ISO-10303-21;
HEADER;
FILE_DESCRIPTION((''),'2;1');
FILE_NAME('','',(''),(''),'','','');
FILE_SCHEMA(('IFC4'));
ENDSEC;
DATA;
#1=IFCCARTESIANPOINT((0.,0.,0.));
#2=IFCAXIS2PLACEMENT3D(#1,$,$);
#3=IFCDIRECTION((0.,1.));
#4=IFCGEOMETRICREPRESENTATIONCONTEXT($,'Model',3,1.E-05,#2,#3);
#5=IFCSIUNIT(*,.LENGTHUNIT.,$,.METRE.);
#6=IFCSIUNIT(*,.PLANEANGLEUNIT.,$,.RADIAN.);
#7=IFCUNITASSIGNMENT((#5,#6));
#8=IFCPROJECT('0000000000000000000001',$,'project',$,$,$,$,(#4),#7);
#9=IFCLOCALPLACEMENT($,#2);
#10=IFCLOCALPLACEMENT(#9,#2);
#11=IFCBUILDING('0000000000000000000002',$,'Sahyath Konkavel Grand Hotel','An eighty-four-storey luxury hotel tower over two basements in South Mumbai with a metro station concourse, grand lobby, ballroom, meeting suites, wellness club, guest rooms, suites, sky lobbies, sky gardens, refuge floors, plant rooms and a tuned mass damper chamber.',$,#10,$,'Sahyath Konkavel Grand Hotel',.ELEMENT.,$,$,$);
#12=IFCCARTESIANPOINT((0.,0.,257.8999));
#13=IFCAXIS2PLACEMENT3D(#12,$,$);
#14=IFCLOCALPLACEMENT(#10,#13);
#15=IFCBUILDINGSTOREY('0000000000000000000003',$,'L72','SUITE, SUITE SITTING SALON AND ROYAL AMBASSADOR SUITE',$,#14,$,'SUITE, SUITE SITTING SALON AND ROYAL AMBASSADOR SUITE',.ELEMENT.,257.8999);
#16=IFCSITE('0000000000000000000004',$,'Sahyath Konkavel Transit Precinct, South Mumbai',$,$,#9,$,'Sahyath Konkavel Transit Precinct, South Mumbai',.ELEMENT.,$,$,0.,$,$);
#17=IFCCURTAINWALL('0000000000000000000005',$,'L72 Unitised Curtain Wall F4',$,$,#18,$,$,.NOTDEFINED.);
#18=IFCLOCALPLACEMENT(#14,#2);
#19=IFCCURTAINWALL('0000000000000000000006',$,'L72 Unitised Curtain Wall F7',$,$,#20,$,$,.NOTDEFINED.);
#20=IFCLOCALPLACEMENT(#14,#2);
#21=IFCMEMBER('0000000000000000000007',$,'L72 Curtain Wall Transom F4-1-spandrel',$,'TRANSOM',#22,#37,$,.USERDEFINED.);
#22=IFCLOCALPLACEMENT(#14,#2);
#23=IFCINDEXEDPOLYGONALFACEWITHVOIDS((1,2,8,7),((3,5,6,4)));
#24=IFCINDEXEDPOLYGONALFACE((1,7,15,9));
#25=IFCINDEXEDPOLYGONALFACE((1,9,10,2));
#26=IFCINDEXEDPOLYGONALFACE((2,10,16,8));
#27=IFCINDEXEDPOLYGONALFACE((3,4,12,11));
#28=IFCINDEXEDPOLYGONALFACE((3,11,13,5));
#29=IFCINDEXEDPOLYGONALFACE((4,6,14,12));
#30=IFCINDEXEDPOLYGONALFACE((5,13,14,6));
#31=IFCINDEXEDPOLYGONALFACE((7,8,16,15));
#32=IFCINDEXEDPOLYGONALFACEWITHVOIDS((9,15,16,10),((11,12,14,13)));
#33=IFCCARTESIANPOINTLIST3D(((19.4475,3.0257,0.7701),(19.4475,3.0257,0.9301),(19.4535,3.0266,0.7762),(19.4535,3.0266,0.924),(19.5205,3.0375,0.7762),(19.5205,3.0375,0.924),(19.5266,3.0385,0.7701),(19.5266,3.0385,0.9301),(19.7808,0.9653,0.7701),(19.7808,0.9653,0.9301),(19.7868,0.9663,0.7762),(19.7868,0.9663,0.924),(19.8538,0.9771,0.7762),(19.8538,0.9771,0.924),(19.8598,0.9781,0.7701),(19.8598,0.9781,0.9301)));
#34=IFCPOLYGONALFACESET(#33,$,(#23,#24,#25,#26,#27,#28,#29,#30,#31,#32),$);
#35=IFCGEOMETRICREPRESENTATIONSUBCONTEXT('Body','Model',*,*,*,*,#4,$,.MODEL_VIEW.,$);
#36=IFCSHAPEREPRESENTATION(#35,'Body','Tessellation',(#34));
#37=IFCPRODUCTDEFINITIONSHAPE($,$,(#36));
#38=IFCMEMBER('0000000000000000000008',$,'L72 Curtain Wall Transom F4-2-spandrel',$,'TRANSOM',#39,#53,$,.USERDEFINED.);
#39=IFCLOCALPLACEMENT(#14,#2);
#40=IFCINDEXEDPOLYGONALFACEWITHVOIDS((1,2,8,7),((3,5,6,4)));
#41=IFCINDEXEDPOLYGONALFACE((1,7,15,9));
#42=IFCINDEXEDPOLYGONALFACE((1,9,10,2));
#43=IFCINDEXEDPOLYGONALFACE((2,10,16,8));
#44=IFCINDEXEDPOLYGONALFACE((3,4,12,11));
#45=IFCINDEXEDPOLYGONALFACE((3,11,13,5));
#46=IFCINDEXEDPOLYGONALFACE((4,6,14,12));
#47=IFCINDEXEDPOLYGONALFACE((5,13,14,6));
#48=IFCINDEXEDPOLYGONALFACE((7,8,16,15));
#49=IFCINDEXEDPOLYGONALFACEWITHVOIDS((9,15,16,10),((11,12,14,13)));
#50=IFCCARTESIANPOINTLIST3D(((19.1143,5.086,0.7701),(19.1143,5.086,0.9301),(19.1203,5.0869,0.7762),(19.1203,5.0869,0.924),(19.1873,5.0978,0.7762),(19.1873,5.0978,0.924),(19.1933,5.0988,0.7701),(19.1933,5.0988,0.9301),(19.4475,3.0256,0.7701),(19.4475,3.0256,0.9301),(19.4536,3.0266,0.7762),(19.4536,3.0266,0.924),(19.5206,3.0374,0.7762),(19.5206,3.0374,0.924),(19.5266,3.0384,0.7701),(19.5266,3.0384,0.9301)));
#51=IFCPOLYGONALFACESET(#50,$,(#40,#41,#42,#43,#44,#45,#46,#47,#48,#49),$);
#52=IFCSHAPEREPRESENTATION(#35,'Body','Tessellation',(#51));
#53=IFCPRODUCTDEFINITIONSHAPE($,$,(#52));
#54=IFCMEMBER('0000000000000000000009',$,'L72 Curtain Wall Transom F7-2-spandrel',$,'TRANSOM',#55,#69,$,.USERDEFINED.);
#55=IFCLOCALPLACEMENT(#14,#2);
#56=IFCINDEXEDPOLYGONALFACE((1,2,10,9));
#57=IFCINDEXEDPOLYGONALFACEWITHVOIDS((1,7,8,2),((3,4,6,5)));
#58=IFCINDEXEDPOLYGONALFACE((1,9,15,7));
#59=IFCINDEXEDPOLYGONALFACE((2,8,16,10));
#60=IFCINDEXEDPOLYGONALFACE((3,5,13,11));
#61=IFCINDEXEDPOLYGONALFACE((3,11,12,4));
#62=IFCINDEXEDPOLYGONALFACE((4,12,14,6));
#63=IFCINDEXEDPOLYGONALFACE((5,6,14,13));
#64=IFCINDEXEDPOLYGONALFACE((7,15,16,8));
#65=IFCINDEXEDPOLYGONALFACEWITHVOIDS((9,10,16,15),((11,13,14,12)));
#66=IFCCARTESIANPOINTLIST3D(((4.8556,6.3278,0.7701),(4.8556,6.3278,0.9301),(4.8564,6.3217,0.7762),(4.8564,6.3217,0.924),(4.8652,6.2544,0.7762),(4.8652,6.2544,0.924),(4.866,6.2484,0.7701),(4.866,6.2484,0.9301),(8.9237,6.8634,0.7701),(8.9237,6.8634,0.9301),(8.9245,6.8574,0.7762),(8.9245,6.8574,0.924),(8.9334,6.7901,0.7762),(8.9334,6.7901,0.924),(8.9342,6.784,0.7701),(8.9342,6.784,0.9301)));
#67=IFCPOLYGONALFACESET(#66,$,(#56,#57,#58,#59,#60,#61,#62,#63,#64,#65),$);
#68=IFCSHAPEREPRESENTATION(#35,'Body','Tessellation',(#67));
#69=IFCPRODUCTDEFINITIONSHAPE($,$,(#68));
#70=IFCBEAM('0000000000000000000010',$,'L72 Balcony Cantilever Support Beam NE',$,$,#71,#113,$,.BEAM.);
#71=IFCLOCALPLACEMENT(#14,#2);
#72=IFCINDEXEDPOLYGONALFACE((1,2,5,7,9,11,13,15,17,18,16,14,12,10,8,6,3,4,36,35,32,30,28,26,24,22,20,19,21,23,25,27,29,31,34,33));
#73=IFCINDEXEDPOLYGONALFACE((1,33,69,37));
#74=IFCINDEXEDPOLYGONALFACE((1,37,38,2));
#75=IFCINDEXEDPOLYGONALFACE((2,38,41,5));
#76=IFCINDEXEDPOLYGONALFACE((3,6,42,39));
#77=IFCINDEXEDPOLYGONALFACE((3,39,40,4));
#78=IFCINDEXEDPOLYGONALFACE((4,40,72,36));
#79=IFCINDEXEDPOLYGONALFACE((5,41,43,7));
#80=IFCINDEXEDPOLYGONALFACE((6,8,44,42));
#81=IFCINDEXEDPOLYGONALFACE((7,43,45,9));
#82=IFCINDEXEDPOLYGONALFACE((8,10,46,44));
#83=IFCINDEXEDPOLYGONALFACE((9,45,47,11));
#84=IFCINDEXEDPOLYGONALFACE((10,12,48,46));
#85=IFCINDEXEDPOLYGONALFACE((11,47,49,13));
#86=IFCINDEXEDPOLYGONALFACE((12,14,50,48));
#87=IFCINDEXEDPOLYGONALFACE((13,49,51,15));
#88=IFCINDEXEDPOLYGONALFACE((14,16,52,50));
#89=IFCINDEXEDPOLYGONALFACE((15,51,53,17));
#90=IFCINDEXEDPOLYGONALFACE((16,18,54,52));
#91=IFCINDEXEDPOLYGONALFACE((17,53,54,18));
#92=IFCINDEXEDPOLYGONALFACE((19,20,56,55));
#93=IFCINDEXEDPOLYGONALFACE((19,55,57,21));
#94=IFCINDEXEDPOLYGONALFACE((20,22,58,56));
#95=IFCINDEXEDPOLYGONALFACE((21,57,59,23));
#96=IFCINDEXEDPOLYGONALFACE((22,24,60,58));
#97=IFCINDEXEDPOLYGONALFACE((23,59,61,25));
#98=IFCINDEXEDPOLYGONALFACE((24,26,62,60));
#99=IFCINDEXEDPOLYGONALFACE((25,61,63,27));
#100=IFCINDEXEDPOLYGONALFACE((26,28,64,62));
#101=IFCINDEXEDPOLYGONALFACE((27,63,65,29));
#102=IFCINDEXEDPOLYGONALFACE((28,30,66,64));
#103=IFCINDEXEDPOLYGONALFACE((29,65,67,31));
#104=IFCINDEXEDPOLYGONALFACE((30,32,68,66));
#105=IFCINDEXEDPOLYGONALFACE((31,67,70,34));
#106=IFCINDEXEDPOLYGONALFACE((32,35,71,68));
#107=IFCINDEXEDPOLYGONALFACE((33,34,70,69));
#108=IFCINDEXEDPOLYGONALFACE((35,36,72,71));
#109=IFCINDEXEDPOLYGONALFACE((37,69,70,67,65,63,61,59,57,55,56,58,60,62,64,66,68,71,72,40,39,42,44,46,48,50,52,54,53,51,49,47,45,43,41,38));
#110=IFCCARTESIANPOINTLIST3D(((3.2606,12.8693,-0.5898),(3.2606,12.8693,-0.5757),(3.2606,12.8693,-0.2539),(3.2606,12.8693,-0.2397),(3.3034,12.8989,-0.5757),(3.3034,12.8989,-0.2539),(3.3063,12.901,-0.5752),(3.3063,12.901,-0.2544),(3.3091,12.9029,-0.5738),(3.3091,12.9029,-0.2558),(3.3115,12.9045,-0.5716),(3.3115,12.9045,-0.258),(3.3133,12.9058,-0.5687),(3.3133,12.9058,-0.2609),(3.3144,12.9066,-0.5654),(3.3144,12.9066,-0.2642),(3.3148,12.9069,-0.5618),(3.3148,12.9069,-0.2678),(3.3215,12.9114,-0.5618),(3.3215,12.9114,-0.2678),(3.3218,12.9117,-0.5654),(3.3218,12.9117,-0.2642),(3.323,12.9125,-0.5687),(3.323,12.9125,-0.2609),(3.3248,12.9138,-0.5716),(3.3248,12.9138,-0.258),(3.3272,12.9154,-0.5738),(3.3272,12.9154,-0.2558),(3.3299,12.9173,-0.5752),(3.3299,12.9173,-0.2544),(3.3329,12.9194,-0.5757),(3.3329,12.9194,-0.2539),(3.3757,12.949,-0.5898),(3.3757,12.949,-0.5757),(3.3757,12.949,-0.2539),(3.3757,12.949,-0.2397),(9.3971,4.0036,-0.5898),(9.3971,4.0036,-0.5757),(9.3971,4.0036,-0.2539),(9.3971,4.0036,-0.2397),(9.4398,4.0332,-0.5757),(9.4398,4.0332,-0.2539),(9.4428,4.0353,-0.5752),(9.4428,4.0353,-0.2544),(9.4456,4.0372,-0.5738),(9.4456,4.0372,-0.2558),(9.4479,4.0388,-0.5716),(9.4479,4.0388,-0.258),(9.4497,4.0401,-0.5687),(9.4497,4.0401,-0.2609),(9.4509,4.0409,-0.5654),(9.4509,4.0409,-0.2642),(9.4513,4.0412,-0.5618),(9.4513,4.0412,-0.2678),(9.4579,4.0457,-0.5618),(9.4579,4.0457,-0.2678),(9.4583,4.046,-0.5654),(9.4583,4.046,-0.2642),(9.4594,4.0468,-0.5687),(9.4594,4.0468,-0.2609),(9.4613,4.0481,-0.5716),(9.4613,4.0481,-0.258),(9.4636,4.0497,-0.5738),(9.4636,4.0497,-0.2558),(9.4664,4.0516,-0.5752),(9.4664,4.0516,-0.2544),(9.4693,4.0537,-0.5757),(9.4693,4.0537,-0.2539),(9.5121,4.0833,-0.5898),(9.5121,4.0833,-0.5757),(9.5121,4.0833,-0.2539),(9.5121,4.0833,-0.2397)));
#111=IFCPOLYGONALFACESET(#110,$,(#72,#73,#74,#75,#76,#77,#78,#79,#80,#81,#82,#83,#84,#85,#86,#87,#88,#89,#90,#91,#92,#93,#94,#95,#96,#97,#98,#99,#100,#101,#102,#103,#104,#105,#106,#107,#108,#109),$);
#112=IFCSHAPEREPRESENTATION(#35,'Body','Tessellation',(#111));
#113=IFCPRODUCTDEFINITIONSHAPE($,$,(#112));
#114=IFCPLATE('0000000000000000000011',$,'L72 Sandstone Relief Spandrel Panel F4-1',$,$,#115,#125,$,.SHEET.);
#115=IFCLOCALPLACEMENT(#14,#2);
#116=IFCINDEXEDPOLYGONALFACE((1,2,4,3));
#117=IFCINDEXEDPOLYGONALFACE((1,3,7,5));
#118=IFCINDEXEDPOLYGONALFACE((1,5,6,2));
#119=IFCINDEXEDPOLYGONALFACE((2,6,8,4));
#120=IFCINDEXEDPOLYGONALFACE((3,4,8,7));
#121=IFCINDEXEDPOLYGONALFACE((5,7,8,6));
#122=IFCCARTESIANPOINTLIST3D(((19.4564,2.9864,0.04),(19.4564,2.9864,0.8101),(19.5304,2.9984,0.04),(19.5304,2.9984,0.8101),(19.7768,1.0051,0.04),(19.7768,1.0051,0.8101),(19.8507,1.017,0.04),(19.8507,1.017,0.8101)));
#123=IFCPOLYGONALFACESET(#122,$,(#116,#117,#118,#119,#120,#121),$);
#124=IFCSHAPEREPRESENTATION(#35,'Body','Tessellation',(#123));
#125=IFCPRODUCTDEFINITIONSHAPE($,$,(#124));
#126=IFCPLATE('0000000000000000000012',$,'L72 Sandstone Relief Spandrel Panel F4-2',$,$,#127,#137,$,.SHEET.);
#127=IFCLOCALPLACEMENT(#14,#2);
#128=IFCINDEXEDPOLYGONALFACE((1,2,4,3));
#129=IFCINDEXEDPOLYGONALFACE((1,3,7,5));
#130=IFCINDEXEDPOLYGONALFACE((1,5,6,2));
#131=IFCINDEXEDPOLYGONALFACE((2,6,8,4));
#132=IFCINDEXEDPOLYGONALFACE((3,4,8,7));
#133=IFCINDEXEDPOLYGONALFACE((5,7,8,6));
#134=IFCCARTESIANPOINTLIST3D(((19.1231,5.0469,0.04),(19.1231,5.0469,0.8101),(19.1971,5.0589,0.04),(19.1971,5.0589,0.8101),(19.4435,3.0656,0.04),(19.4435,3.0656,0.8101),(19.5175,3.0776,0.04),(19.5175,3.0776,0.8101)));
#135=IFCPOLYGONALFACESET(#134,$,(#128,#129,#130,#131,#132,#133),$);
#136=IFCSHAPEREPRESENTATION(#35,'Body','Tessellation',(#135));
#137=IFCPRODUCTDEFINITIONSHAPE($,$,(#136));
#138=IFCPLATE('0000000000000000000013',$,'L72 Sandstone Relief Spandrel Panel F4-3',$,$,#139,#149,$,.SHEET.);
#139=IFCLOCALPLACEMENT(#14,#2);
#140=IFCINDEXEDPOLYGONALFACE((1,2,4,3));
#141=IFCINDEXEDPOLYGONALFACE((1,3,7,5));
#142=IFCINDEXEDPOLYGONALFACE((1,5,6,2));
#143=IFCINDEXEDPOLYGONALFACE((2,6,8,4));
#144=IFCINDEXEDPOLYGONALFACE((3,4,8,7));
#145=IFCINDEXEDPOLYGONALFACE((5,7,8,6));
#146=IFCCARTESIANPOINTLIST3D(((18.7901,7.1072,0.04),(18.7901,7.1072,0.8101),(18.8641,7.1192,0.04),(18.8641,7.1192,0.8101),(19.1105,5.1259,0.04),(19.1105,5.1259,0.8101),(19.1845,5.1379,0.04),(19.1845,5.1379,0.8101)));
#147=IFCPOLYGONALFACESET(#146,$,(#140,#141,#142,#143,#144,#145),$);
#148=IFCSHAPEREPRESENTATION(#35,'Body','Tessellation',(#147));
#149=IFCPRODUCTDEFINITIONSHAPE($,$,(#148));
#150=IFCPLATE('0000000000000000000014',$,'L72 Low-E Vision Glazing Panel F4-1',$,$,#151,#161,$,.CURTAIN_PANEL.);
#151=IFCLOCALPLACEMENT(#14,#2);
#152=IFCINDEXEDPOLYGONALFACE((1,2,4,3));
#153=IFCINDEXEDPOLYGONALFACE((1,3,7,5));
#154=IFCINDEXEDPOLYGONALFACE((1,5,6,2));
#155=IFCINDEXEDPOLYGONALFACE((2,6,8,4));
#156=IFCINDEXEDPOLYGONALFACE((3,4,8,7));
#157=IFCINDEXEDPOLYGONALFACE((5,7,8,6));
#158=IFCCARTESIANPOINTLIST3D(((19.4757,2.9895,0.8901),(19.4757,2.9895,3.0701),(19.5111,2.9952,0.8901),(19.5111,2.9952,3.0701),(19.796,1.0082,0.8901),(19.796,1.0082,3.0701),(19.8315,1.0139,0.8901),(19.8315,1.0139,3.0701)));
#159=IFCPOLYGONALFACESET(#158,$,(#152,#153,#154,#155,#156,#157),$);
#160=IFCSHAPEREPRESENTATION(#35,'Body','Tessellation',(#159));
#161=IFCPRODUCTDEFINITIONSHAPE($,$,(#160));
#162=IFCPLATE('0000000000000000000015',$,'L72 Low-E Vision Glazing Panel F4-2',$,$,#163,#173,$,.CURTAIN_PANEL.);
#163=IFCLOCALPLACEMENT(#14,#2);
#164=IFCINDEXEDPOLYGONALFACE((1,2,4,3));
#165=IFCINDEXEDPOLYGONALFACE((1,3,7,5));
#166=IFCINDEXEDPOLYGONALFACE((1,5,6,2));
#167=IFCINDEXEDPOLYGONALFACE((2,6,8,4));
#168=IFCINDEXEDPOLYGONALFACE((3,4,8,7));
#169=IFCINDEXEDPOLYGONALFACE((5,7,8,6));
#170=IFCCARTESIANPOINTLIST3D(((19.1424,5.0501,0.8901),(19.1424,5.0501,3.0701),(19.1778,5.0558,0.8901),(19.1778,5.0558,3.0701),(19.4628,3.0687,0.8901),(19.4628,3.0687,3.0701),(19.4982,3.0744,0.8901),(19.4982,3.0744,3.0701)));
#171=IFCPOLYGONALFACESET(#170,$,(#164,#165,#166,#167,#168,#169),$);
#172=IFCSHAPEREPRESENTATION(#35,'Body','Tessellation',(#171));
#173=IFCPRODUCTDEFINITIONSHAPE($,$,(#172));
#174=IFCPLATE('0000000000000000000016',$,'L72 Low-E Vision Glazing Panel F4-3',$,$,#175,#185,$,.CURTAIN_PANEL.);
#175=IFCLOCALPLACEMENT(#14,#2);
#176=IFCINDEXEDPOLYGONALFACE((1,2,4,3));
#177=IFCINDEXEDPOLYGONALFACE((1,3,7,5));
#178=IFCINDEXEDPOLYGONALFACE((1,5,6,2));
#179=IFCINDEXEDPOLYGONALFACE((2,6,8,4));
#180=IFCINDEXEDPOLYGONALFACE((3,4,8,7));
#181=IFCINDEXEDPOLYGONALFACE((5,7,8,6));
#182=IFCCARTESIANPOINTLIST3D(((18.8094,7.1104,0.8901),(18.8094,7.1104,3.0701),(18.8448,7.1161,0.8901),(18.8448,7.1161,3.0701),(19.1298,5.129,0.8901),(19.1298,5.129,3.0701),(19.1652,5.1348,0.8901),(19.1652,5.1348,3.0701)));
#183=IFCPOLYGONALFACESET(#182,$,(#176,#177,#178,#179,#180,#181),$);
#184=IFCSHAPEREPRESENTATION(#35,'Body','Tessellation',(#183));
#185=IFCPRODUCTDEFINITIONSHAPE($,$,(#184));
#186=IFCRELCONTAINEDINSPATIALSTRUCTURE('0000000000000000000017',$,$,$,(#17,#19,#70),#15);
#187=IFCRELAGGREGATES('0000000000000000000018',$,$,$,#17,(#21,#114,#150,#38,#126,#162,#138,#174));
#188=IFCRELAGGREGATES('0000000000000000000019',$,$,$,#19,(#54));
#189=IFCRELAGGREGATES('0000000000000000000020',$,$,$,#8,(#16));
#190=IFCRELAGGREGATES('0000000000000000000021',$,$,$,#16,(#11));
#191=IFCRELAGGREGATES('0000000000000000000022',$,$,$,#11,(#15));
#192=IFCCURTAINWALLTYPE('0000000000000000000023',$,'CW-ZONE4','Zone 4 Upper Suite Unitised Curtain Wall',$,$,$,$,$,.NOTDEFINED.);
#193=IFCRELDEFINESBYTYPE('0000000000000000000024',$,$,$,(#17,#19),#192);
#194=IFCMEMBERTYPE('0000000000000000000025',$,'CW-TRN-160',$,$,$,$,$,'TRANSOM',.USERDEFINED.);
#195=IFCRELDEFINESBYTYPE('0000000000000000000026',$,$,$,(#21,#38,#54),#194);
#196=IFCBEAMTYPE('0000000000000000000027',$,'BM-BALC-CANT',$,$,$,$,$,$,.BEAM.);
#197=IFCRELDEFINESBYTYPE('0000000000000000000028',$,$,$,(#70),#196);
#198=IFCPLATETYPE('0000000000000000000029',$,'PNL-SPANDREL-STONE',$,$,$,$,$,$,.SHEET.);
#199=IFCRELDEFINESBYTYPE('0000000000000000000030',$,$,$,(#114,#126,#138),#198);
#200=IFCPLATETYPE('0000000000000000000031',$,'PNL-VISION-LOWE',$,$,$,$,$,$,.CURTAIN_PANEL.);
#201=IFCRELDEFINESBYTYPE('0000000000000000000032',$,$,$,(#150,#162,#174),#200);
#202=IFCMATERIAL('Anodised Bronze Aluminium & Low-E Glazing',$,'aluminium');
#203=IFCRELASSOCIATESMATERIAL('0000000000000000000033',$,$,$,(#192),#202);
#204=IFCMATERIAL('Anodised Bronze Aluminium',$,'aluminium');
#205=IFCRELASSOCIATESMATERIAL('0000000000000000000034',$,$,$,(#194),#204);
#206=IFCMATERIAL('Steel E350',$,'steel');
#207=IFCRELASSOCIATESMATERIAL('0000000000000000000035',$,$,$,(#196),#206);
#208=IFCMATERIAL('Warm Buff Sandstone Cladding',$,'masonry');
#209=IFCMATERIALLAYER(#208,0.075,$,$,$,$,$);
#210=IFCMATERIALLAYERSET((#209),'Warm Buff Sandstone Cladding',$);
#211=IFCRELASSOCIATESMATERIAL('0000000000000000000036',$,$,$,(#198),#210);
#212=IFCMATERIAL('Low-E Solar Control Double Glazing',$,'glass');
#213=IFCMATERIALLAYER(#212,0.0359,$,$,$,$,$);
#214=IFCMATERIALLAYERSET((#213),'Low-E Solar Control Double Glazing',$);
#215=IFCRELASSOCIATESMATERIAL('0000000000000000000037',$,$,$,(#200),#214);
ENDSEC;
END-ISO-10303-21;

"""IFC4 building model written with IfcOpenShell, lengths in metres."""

from ifc_helpers import new_model, si_unit, direction, frame, origin, origin_2d, place, context, subcontext, project, spatial, rectangle, hollow_rectangle, i_section, extrude, source, transform, mapped, material, layer, layer_set, material_profile, profile_set, type_object, element, aggregate, save


model = new_model("IFC4")

# Units and contexts
model_context = context("Model", 3, precision=1e-05, world=origin(), true_north=direction((0.0, 1.0)))
body_context = subcontext(model_context, "Body", "Model", "MODEL_VIEW")
ifc_project = project(units=[si_unit("LENGTHUNIT", "METRE"), si_unit("PLANEANGLEUNIT", "RADIAN")], contexts=[model_context])

# Site, building, storey
site_placement = place(None, origin())
site = spatial("IfcSite", under=ifc_project, at=site_placement, Name="Sahyath Konkavel Transit Precinct, South Mumbai", LongName="Sahyath Konkavel Transit Precinct, South Mumbai", CompositionType="ELEMENT", RefElevation=0.0)
building_placement = place(site_placement, origin())
building = spatial("IfcBuilding", under=site, at=building_placement, Name="Sahyath Konkavel Grand Hotel", Description="An eighty-four-storey luxury hotel tower over two basements in South Mumbai with a metro station concourse, grand lobby, ballroom, meeting suites, wellness club, guest rooms, suites, sky lobbies, sky gardens, refuge floors, plant rooms and a tuned mass damper chamber.", LongName="Sahyath Konkavel Grand Hotel", CompositionType="ELEMENT")
storey_placement = place(building_placement, frame((0.0, 0.0, 257.8999)))
storey = spatial("IfcBuildingStorey", under=building, at=storey_placement, Name="L72", Description="SUITE, SUITE SITTING SALON AND ROYAL AMBASSADOR SUITE", LongName="SUITE, SUITE SITTING SALON AND ROYAL AMBASSADOR SUITE", CompositionType="ELEMENT", Elevation=257.8999)

# Shared definitions
ifc_material_1 = material(Name="Steel E350", Category="steel")

# Curtain wall
ifc_material_2 = material(Name="Anodised Bronze Aluminium & Low-E Glazing", Category="aluminium")
curtain_wall_type = type_object("IfcCurtainWallType", Name="CW-ZONE4", Description="Zone 4 Upper Suite Unitised Curtain Wall", PredefinedType="NOTDEFINED", material=ifc_material_2)
curtain_wall_1_placement = place(storey_placement, origin())
curtain_wall_1 = element("IfcCurtainWall", 1, at=curtain_wall_1_placement, inside=storey, type_object=curtain_wall_type, Name="L72 Unitised Curtain Wall F4", PredefinedType="NOTDEFINED")
ifc_material_3 = material(Name="Anodised Bronze Aluminium", Category="aluminium")

# Curtain wall
curtain_wall_2_placement = place(storey_placement, origin())
curtain_wall_2 = element("IfcCurtainWall", 2, at=curtain_wall_2_placement, inside=storey, type_object=curtain_wall_type, Name="L72 Unitised Curtain Wall F7", PredefinedType="NOTDEFINED")

# Members
ifc_material_profile_1 = material_profile(ifc_material_3, hollow_rectangle(XDim=0.0801, YDim=0.1599, WallThickness=0.0061, at=origin_2d()), Name="RHS 160x80x6")
ifc_profile_set_1 = profile_set([ifc_material_profile_1], Name="Anodised Bronze Aluminium")
member_type_1 = type_object("IfcMemberType", Name="CW-TRN-160", ElementType="TRANSOM", PredefinedType="USERDEFINED", material=ifc_profile_set_1)
shared_shape_1 = source(origin(), body_context, "Body", "SweptSolid", [
    extrude(hollow_rectangle(XDim=0.0801, YDim=0.1599, WallThickness=0.0061, at=origin_2d()), origin(), (0.0, 0.0, 1.0), 2.0872),
])
member_1_placement = place(storey_placement, frame((19.8203, 0.9717, 0.8501), z_axis=(-0.159674, 0.98717, 0.0), x_axis=(-0.98717, -0.159674, 0.0)))
member_1 = element("IfcMember", 3, at=member_1_placement, type_object=member_type_1, Name="L72 Curtain Wall Transom F4-1-spandrel", ObjectType="TRANSOM", PredefinedType="USERDEFINED", context=body_context, shape_type="MappedRepresentation", body=[
    mapped(shared_shape_1, transform((0.0, 0.0, 0.0), scale=1.0)),
])
member_2_placement = place(storey_placement, frame((19.4871, 3.032, 0.8501), z_axis=(-0.159674, 0.98717, 0.0), x_axis=(-0.98717, -0.159674, 0.0)))
member_2 = element("IfcMember", 4, at=member_2_placement, type_object=member_type_1, Name="L72 Curtain Wall Transom F4-2-spandrel", ObjectType="TRANSOM", PredefinedType="USERDEFINED", context=body_context, shape_type="MappedRepresentation", body=[
    mapped(shared_shape_1, transform((0.0, 0.0, 0.0), scale=1.0)),
])
shared_shape_2 = source(origin(), body_context, "Body", "SweptSolid", [
    extrude(hollow_rectangle(XDim=0.0801, YDim=0.1599, WallThickness=0.0061, at=origin_2d()), origin(), (0.0, 0.0, 1.0), 4.1033),
])
member_3_placement = place(storey_placement, frame((8.929, 6.8237, 0.8501), z_axis=(-0.991443, -0.130542, 0.0), x_axis=(0.130542, -0.991443, 0.0)))
member_3 = element("IfcMember", 5, at=member_3_placement, type_object=member_type_1, Name="L72 Curtain Wall Transom F7-2-spandrel", ObjectType="TRANSOM", PredefinedType="USERDEFINED", context=body_context, shape_type="MappedRepresentation", body=[
    mapped(shared_shape_2, transform((0.0, 0.0, 0.0), scale=1.0)),
])

# Beam
ifc_material_profile_2 = material_profile(ifc_material_1, i_section(OverallWidth=0.1399, OverallDepth=0.3501, WebThickness=0.0081, FlangeThickness=0.0142, FilletRadius=0.0139, at=origin_2d()), Name="ISMB 350")
ifc_profile_set_2 = profile_set([ifc_material_profile_2], Name="Steel E350")
beam_type_1 = type_object("IfcBeamType", Name="BM-BALC-CANT", PredefinedType="BEAM", material=ifc_profile_set_2)
shared_shape_3 = source(origin(), body_context, "Body", "SweptSolid", [
    extrude(i_section(OverallWidth=0.1399, OverallDepth=0.3501, WebThickness=0.0081, FlangeThickness=0.0142, FilletRadius=0.0139, at=origin_2d()), origin(), (0.0, 0.0, 1.0), 10.7822),
])
beam_1_placement = place(storey_placement, frame((9.4546, 4.0435, -0.4148), z_axis=(-0.569126, 0.82225, 0.0), x_axis=(-0.82225, -0.569126, 0.0)))
element("IfcBeam", 6, at=beam_1_placement, inside=storey, type_object=beam_type_1, Name="L72 Balcony Cantilever Support Beam NE", PredefinedType="BEAM", context=body_context, shape_type="MappedRepresentation", body=[
    mapped(shared_shape_3, transform((0.0, 0.0, 0.0), scale=1.0)),
])

# Plates
ifc_material_4 = material(Name="Warm Buff Sandstone Cladding", Category="masonry")
ifc_layer_1 = layer(ifc_material_4, 0.075)
ifc_layer_set_1 = layer_set([ifc_layer_1], Name="Warm Buff Sandstone Cladding")
plate_type_1 = type_object("IfcPlateType", Name="PNL-SPANDREL-STONE", PredefinedType="SHEET", material=ifc_layer_set_1)
shared_shape_4 = source(origin(), body_context, "Body", "SweptSolid", [
    extrude(rectangle(XDim=2.0071, YDim=0.075, at=origin_2d()), origin(), (0.0, 0.0, 1.0), 0.77),
])
plate_1_placement = place(storey_placement, frame((19.6536, 2.0017, 0.04), z_axis=(0.0, 0.0, 1.0), x_axis=(-0.159623, 0.987178, 0.0)))
plate_1 = element("IfcPlate", 7, at=plate_1_placement, type_object=plate_type_1, Name="L72 Sandstone Relief Spandrel Panel F4-1", PredefinedType="SHEET", context=body_context, shape_type="MappedRepresentation", body=[
    mapped(shared_shape_4, transform((0.0, 0.0, 0.0), scale=1.0)),
])
plate_2_placement = place(storey_placement, frame((19.3203, 4.0623, 0.04), z_axis=(0.0, 0.0, 1.0), x_axis=(-0.159623, 0.987178, 0.0)))
plate_2 = element("IfcPlate", 8, at=plate_2_placement, type_object=plate_type_1, Name="L72 Sandstone Relief Spandrel Panel F4-2", PredefinedType="SHEET", context=body_context, shape_type="MappedRepresentation", body=[
    mapped(shared_shape_4, transform((0.0, 0.0, 0.0), scale=1.0)),
])
plate_3_placement = place(storey_placement, frame((18.9873, 6.1226, 0.04), z_axis=(0.0, 0.0, 1.0), x_axis=(-0.159623, 0.987178, 0.0)))
plate_3 = element("IfcPlate", 9, at=plate_3_placement, type_object=plate_type_1, Name="L72 Sandstone Relief Spandrel Panel F4-3", PredefinedType="SHEET", context=body_context, shape_type="MappedRepresentation", body=[
    mapped(shared_shape_4, transform((0.0, 0.0, 0.0), scale=1.0)),
])
ifc_material_5 = material(Name="Low-E Solar Control Double Glazing", Category="glass")
ifc_layer_2 = layer(ifc_material_5, 0.0359)
ifc_layer_set_2 = layer_set([ifc_layer_2], Name="Low-E Solar Control Double Glazing")
plate_type_2 = type_object("IfcPlateType", Name="PNL-VISION-LOWE", PredefinedType="CURTAIN_PANEL", material=ifc_layer_set_2)
shared_shape_5 = source(origin(), body_context, "Body", "SweptSolid", [
    extrude(rectangle(XDim=2.0071, YDim=0.0359, at=origin_2d()), origin(), (0.0, 0.0, 1.0), 2.1799),
])
plate_4_placement = place(storey_placement, frame((19.6536, 2.0017, 0.8901), z_axis=(0.0, 0.0, 1.0), x_axis=(-0.159623, 0.987178, 0.0)))
plate_4 = element("IfcPlate", 10, at=plate_4_placement, type_object=plate_type_2, Name="L72 Low-E Vision Glazing Panel F4-1", PredefinedType="CURTAIN_PANEL", context=body_context, shape_type="MappedRepresentation", body=[
    mapped(shared_shape_5, transform((0.0, 0.0, 0.0), scale=1.0)),
])
plate_5_placement = place(storey_placement, frame((19.3203, 4.0623, 0.8901), z_axis=(0.0, 0.0, 1.0), x_axis=(-0.159623, 0.987178, 0.0)))
plate_5 = element("IfcPlate", 11, at=plate_5_placement, type_object=plate_type_2, Name="L72 Low-E Vision Glazing Panel F4-2", PredefinedType="CURTAIN_PANEL", context=body_context, shape_type="MappedRepresentation", body=[
    mapped(shared_shape_5, transform((0.0, 0.0, 0.0), scale=1.0)),
])
plate_6_placement = place(storey_placement, frame((18.9873, 6.1226, 0.8901), z_axis=(0.0, 0.0, 1.0), x_axis=(-0.159623, 0.987178, 0.0)))
plate_6 = element("IfcPlate", 12, at=plate_6_placement, type_object=plate_type_2, Name="L72 Low-E Vision Glazing Panel F4-3", PredefinedType="CURTAIN_PANEL", context=body_context, shape_type="MappedRepresentation", body=[
    mapped(shared_shape_5, transform((0.0, 0.0, 0.0), scale=1.0)),
])
aggregate(curtain_wall_1, [member_1, plate_1, plate_4, member_2, plate_2, plate_5, plate_3, plate_6])
aggregate(curtain_wall_2, [member_3])

save(model, "model.ifc")
